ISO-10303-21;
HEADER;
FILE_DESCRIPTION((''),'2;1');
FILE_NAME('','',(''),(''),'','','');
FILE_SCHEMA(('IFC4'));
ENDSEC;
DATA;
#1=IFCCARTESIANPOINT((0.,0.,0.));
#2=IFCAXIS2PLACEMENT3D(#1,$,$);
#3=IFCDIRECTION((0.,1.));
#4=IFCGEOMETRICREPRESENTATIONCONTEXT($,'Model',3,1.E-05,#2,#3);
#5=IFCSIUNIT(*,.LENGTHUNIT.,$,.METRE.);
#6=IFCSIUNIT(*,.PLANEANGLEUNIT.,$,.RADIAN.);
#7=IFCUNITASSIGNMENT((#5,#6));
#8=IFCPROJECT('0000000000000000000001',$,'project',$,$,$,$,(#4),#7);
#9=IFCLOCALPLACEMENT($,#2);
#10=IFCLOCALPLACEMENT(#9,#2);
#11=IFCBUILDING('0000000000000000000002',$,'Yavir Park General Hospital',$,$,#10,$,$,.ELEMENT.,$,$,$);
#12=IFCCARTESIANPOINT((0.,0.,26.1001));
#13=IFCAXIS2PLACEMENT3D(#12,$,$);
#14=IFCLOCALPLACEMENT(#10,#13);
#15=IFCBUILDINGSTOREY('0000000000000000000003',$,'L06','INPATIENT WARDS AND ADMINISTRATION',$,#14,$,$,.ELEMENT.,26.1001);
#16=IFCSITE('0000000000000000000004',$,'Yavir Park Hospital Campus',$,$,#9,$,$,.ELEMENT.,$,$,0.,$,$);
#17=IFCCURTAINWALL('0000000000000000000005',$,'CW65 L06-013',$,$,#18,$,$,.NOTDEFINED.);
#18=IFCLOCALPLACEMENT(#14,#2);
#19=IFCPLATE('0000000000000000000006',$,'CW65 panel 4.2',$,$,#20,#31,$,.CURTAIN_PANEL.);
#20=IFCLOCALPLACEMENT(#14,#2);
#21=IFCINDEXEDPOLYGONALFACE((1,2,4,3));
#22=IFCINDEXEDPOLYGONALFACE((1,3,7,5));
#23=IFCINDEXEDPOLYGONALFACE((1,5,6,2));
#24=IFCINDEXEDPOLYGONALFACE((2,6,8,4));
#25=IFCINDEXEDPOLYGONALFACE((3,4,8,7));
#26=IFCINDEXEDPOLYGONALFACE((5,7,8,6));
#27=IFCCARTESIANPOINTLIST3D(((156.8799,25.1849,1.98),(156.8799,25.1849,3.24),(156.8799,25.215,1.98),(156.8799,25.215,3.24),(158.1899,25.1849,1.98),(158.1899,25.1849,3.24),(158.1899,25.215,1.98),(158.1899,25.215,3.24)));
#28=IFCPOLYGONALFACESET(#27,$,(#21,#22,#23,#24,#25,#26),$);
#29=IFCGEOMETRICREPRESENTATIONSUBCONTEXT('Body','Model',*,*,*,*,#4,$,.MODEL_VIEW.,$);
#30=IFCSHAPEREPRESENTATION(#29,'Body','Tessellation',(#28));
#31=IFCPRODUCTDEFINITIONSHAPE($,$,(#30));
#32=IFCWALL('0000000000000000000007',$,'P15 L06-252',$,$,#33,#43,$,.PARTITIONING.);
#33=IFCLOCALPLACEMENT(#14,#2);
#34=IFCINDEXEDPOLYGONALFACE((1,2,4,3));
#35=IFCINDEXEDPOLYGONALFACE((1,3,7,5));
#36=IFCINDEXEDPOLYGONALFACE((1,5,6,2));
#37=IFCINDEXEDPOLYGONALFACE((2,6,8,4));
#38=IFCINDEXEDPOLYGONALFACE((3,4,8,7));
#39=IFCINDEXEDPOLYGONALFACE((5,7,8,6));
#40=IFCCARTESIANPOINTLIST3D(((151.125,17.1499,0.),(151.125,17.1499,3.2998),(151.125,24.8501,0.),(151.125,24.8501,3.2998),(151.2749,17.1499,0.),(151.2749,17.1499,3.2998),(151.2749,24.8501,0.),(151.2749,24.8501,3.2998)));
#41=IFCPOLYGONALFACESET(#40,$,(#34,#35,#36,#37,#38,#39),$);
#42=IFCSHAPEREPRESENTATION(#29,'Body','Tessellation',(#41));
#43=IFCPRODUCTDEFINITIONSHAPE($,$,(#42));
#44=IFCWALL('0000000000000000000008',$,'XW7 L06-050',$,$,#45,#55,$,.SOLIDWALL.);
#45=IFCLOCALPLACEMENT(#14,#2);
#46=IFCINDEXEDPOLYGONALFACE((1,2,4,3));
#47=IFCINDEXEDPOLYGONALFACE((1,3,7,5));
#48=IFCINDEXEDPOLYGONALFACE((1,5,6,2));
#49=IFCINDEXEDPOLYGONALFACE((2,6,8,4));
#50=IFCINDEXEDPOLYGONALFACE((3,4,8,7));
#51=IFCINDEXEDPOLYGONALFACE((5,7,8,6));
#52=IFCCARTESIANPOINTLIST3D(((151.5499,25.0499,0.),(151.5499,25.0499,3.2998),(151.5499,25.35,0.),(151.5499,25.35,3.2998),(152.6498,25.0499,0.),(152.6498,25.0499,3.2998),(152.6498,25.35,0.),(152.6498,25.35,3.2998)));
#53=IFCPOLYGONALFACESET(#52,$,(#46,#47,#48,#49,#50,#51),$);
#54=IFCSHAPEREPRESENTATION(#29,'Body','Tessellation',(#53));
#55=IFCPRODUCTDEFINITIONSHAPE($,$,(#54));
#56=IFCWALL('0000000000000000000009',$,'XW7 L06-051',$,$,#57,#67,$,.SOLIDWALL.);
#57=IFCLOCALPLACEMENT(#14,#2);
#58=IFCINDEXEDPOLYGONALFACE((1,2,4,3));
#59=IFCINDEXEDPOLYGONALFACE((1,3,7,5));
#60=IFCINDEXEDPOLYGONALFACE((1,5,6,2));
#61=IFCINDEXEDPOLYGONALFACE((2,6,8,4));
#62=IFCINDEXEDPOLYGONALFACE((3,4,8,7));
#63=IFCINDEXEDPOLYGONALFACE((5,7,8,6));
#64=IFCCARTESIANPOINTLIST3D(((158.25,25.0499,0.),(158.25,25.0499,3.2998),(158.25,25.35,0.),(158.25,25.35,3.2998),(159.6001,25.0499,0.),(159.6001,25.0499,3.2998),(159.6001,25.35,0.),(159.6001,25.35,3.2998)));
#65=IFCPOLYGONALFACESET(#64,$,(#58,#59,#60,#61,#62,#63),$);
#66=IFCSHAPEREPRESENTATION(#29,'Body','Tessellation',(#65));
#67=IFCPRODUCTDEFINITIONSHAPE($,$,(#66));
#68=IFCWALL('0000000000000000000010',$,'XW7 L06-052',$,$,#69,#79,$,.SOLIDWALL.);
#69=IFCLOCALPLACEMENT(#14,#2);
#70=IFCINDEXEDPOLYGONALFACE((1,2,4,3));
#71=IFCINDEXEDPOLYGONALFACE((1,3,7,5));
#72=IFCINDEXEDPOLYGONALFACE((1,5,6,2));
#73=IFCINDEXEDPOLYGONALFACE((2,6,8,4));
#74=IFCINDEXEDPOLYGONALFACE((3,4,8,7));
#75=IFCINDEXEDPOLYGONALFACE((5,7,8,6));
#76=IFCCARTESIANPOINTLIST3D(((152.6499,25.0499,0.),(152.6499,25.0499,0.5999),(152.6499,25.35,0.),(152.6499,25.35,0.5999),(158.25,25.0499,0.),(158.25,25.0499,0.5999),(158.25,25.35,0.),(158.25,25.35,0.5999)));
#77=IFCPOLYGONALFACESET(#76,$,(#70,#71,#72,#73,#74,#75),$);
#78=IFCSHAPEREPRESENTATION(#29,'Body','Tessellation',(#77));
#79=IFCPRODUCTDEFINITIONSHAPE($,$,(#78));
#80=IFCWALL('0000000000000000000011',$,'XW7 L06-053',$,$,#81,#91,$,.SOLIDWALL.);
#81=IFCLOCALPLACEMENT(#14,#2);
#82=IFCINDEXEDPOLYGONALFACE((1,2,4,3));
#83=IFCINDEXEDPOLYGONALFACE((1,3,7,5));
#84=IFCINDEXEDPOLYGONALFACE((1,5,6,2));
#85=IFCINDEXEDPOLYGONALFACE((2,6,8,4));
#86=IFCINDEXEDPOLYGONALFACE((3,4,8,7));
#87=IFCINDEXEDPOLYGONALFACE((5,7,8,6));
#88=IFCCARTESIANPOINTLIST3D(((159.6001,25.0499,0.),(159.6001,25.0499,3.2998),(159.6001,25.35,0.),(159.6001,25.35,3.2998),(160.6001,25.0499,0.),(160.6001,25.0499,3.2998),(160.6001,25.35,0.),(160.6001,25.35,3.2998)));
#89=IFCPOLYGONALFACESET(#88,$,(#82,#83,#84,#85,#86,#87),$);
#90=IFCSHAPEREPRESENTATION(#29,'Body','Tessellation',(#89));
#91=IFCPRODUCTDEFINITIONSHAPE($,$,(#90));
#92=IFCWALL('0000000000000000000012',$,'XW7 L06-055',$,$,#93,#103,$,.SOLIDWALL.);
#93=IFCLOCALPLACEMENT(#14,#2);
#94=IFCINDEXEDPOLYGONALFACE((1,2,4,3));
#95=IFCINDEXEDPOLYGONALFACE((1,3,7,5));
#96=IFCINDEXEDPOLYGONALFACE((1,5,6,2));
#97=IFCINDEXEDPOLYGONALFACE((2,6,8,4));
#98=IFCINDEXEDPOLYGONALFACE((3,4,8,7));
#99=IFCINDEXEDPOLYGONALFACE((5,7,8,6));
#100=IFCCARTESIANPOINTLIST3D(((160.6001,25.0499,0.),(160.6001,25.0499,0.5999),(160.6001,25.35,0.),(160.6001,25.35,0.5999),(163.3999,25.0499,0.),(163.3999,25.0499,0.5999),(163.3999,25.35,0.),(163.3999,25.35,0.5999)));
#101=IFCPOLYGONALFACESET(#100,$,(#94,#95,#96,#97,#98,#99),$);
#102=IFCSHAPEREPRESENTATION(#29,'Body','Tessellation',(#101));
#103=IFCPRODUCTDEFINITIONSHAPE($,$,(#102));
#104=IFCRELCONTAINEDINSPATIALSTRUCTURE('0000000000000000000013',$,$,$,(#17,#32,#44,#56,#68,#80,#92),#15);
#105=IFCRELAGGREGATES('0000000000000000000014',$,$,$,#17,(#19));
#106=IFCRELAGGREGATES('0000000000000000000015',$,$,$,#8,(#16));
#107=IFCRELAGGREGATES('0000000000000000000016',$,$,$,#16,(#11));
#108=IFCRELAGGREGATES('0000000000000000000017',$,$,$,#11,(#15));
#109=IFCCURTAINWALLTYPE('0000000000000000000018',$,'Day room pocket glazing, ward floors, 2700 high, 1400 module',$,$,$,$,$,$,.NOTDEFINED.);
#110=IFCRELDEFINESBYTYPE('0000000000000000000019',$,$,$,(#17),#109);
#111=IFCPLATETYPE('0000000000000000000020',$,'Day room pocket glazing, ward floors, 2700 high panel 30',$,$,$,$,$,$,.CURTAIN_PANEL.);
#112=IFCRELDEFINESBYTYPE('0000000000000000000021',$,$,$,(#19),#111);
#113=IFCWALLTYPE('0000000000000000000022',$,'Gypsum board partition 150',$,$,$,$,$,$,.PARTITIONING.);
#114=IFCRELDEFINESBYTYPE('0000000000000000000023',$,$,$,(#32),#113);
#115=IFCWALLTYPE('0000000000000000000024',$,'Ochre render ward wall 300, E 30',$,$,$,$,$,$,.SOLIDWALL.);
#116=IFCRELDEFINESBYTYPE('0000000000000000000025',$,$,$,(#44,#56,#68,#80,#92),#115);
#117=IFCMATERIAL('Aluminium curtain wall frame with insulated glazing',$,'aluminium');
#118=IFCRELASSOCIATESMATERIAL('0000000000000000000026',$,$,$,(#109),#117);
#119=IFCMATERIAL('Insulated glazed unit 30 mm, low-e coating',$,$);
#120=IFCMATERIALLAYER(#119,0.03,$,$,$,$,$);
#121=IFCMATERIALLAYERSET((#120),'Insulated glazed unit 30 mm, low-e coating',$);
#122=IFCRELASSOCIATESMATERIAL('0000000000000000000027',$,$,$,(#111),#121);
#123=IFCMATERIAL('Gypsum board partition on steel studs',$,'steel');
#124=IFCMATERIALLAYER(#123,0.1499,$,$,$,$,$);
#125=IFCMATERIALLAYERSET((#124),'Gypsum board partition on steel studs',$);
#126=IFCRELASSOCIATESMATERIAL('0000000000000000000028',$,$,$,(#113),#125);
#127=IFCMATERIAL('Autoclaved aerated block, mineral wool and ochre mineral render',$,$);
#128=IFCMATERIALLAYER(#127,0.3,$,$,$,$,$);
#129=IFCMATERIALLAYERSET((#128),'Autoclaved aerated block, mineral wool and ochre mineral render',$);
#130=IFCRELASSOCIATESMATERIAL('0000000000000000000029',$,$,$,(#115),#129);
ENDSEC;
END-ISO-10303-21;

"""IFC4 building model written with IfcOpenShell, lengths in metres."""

from ifc_helpers import new_model, si_unit, direction, frame, frame_2d, origin, origin_2d, place, context, subcontext, project, spatial, rectangle, extrude, material, layer, layer_set, type_object, element, aggregate, save


model = new_model("IFC4")

# Units and contexts
model_context = context("Model", 3, precision=1e-05, world=origin(), true_north=direction((0.0, 1.0)))
body_context = subcontext(model_context, "Body", "Model", "MODEL_VIEW")
ifc_project = project(units=[si_unit("LENGTHUNIT", "METRE"), si_unit("PLANEANGLEUNIT", "RADIAN")], contexts=[model_context])

# Site, building, storey
site_placement = place(None, origin())
site = spatial("IfcSite", under=ifc_project, at=site_placement, Name="Yavir Park Hospital Campus", CompositionType="ELEMENT", RefElevation=0.0)
building_placement = place(site_placement, origin())
building = spatial("IfcBuilding", under=site, at=building_placement, Name="Yavir Park General Hospital", CompositionType="ELEMENT")
storey_placement = place(building_placement, frame((0.0, 0.0, 26.1001)))
storey = spatial("IfcBuildingStorey", under=building, at=storey_placement, Name="L06", Description="INPATIENT WARDS AND ADMINISTRATION", CompositionType="ELEMENT", Elevation=26.1001)

# Curtain wall
ifc_material_1 = material(Name="Aluminium curtain wall frame with insulated glazing", Category="aluminium")
curtain_wall_type_1 = type_object("IfcCurtainWallType", Name="Day room pocket glazing, ward floors, 2700 high, 1400 module", PredefinedType="NOTDEFINED", material=ifc_material_1)
curtain_wall_1_placement = place(storey_placement, origin())
curtain_wall_1 = element("IfcCurtainWall", 1, at=curtain_wall_1_placement, inside=storey, type_object=curtain_wall_type_1, Name="CW65 L06-013", PredefinedType="NOTDEFINED")

# Plate
ifc_material_2 = material(Name="Insulated glazed unit 30 mm, low-e coating")
ifc_layer_1 = layer(ifc_material_2, 0.03)
ifc_layer_set_1 = layer_set([ifc_layer_1], Name="Insulated glazed unit 30 mm, low-e coating")
plate_type = type_object("IfcPlateType", Name="Day room pocket glazing, ward floors, 2700 high panel 30", PredefinedType="CURTAIN_PANEL", material=ifc_layer_set_1)
plate_1_placement = place(storey_placement, frame((157.5349, 25.2, 1.98), z_axis=(0.0, 0.0, 1.0), x_axis=(1.0, 0.0, 0.0)))
plate_1 = element("IfcPlate", 2, at=plate_1_placement, type_object=plate_type, Name="CW65 panel 4.2", PredefinedType="CURTAIN_PANEL", context=body_context, shape_type="SweptSolid", body=[
    extrude(rectangle(XDim=1.3101, YDim=0.03, at=origin_2d()), origin(), (0.0, 0.0, 1.0), 1.26),
])
aggregate(curtain_wall_1, [plate_1])

# Walls
ifc_material_3 = material(Name="Gypsum board partition on steel studs", Category="steel")
ifc_layer_2 = layer(ifc_material_3, 0.1499)
ifc_layer_set_2 = layer_set([ifc_layer_2], Name="Gypsum board partition on steel studs")
wall_type_1 = type_object("IfcWallType", Name="Gypsum board partition 150", PredefinedType="PARTITIONING", material=ifc_layer_set_2)
wall_1_placement = place(storey_placement, frame((151.2, 17.1499, 0.0), z_axis=(0.0, 0.0, 1.0), x_axis=(0.0, 1.0, 0.0)))
element("IfcWall", 3, at=wall_1_placement, inside=storey, type_object=wall_type_1, Name="P15 L06-252", PredefinedType="PARTITIONING", context=body_context, shape_type="SweptSolid", body=[
    extrude(rectangle(XDim=7.7002, YDim=0.1499, at=frame_2d((3.8501, 0.0))), origin(), (0.0, 0.0, 1.0), 3.2998),
])
ifc_material_4 = material(Name="Autoclaved aerated block, mineral wool and ochre mineral render")
ifc_layer_3 = layer(ifc_material_4, 0.3)
ifc_layer_set_3 = layer_set([ifc_layer_3], Name="Autoclaved aerated block, mineral wool and ochre mineral render")
wall_type_2 = type_object("IfcWallType", Name="Ochre render ward wall 300, E 30", PredefinedType="SOLIDWALL", material=ifc_layer_set_3)
wall_2_placement = place(storey_placement, frame((151.55, 25.2, 0.0), z_axis=(0.0, 0.0, 1.0), x_axis=(1.0, 0.0, 0.0)))
element("IfcWall", 4, at=wall_2_placement, inside=storey, type_object=wall_type_2, Name="XW7 L06-050", PredefinedType="SOLIDWALL", context=body_context, shape_type="SweptSolid", body=[
    extrude(rectangle(XDim=1.0999, YDim=0.3, at=frame_2d((0.5498, 0.0))), origin(), (0.0, 0.0, 1.0), 3.2998),
])
wall_3_placement = place(storey_placement, frame((158.25, 25.2, 0.0), z_axis=(0.0, 0.0, 1.0), x_axis=(1.0, 0.0, 0.0)))
element("IfcWall", 5, at=wall_3_placement, inside=storey, type_object=wall_type_2, Name="XW7 L06-051", PredefinedType="SOLIDWALL", context=body_context, shape_type="SweptSolid", body=[
    extrude(rectangle(XDim=1.3501, YDim=0.3, at=frame_2d((0.675, 0.0))), origin(), (0.0, 0.0, 1.0), 3.2998),
])
wall_4_placement = place(storey_placement, frame((152.6499, 25.2, 0.0), z_axis=(0.0, 0.0, 1.0), x_axis=(1.0, 0.0, 0.0)))
element("IfcWall", 6, at=wall_4_placement, inside=storey, type_object=wall_type_2, Name="XW7 L06-052", PredefinedType="SOLIDWALL", context=body_context, shape_type="SweptSolid", body=[
    extrude(rectangle(XDim=5.6001, YDim=0.3, at=frame_2d((2.8, 0.0))), origin(), (0.0, 0.0, 1.0), 0.5999),
])
wall_5_placement = place(storey_placement, frame((159.6001, 25.2, 0.0), z_axis=(0.0, 0.0, 1.0), x_axis=(1.0, 0.0, 0.0)))
element("IfcWall", 7, at=wall_5_placement, inside=storey, type_object=wall_type_2, Name="XW7 L06-053", PredefinedType="SOLIDWALL", context=body_context, shape_type="SweptSolid", body=[
    extrude(rectangle(XDim=1.0, YDim=0.3, at=frame_2d((0.5, 0.0))), origin(), (0.0, 0.0, 1.0), 3.2998),
])
wall_6_placement = place(storey_placement, frame((160.6001, 25.2, 0.0), z_axis=(0.0, 0.0, 1.0), x_axis=(1.0, 0.0, 0.0)))
element("IfcWall", 8, at=wall_6_placement, inside=storey, type_object=wall_type_2, Name="XW7 L06-055", PredefinedType="SOLIDWALL", context=body_context, shape_type="SweptSolid", body=[
    extrude(rectangle(XDim=2.7998, YDim=0.3, at=frame_2d((1.3999, 0.0))), origin(), (0.0, 0.0, 1.0), 0.5999),
])

save(model, "model.ifc")
